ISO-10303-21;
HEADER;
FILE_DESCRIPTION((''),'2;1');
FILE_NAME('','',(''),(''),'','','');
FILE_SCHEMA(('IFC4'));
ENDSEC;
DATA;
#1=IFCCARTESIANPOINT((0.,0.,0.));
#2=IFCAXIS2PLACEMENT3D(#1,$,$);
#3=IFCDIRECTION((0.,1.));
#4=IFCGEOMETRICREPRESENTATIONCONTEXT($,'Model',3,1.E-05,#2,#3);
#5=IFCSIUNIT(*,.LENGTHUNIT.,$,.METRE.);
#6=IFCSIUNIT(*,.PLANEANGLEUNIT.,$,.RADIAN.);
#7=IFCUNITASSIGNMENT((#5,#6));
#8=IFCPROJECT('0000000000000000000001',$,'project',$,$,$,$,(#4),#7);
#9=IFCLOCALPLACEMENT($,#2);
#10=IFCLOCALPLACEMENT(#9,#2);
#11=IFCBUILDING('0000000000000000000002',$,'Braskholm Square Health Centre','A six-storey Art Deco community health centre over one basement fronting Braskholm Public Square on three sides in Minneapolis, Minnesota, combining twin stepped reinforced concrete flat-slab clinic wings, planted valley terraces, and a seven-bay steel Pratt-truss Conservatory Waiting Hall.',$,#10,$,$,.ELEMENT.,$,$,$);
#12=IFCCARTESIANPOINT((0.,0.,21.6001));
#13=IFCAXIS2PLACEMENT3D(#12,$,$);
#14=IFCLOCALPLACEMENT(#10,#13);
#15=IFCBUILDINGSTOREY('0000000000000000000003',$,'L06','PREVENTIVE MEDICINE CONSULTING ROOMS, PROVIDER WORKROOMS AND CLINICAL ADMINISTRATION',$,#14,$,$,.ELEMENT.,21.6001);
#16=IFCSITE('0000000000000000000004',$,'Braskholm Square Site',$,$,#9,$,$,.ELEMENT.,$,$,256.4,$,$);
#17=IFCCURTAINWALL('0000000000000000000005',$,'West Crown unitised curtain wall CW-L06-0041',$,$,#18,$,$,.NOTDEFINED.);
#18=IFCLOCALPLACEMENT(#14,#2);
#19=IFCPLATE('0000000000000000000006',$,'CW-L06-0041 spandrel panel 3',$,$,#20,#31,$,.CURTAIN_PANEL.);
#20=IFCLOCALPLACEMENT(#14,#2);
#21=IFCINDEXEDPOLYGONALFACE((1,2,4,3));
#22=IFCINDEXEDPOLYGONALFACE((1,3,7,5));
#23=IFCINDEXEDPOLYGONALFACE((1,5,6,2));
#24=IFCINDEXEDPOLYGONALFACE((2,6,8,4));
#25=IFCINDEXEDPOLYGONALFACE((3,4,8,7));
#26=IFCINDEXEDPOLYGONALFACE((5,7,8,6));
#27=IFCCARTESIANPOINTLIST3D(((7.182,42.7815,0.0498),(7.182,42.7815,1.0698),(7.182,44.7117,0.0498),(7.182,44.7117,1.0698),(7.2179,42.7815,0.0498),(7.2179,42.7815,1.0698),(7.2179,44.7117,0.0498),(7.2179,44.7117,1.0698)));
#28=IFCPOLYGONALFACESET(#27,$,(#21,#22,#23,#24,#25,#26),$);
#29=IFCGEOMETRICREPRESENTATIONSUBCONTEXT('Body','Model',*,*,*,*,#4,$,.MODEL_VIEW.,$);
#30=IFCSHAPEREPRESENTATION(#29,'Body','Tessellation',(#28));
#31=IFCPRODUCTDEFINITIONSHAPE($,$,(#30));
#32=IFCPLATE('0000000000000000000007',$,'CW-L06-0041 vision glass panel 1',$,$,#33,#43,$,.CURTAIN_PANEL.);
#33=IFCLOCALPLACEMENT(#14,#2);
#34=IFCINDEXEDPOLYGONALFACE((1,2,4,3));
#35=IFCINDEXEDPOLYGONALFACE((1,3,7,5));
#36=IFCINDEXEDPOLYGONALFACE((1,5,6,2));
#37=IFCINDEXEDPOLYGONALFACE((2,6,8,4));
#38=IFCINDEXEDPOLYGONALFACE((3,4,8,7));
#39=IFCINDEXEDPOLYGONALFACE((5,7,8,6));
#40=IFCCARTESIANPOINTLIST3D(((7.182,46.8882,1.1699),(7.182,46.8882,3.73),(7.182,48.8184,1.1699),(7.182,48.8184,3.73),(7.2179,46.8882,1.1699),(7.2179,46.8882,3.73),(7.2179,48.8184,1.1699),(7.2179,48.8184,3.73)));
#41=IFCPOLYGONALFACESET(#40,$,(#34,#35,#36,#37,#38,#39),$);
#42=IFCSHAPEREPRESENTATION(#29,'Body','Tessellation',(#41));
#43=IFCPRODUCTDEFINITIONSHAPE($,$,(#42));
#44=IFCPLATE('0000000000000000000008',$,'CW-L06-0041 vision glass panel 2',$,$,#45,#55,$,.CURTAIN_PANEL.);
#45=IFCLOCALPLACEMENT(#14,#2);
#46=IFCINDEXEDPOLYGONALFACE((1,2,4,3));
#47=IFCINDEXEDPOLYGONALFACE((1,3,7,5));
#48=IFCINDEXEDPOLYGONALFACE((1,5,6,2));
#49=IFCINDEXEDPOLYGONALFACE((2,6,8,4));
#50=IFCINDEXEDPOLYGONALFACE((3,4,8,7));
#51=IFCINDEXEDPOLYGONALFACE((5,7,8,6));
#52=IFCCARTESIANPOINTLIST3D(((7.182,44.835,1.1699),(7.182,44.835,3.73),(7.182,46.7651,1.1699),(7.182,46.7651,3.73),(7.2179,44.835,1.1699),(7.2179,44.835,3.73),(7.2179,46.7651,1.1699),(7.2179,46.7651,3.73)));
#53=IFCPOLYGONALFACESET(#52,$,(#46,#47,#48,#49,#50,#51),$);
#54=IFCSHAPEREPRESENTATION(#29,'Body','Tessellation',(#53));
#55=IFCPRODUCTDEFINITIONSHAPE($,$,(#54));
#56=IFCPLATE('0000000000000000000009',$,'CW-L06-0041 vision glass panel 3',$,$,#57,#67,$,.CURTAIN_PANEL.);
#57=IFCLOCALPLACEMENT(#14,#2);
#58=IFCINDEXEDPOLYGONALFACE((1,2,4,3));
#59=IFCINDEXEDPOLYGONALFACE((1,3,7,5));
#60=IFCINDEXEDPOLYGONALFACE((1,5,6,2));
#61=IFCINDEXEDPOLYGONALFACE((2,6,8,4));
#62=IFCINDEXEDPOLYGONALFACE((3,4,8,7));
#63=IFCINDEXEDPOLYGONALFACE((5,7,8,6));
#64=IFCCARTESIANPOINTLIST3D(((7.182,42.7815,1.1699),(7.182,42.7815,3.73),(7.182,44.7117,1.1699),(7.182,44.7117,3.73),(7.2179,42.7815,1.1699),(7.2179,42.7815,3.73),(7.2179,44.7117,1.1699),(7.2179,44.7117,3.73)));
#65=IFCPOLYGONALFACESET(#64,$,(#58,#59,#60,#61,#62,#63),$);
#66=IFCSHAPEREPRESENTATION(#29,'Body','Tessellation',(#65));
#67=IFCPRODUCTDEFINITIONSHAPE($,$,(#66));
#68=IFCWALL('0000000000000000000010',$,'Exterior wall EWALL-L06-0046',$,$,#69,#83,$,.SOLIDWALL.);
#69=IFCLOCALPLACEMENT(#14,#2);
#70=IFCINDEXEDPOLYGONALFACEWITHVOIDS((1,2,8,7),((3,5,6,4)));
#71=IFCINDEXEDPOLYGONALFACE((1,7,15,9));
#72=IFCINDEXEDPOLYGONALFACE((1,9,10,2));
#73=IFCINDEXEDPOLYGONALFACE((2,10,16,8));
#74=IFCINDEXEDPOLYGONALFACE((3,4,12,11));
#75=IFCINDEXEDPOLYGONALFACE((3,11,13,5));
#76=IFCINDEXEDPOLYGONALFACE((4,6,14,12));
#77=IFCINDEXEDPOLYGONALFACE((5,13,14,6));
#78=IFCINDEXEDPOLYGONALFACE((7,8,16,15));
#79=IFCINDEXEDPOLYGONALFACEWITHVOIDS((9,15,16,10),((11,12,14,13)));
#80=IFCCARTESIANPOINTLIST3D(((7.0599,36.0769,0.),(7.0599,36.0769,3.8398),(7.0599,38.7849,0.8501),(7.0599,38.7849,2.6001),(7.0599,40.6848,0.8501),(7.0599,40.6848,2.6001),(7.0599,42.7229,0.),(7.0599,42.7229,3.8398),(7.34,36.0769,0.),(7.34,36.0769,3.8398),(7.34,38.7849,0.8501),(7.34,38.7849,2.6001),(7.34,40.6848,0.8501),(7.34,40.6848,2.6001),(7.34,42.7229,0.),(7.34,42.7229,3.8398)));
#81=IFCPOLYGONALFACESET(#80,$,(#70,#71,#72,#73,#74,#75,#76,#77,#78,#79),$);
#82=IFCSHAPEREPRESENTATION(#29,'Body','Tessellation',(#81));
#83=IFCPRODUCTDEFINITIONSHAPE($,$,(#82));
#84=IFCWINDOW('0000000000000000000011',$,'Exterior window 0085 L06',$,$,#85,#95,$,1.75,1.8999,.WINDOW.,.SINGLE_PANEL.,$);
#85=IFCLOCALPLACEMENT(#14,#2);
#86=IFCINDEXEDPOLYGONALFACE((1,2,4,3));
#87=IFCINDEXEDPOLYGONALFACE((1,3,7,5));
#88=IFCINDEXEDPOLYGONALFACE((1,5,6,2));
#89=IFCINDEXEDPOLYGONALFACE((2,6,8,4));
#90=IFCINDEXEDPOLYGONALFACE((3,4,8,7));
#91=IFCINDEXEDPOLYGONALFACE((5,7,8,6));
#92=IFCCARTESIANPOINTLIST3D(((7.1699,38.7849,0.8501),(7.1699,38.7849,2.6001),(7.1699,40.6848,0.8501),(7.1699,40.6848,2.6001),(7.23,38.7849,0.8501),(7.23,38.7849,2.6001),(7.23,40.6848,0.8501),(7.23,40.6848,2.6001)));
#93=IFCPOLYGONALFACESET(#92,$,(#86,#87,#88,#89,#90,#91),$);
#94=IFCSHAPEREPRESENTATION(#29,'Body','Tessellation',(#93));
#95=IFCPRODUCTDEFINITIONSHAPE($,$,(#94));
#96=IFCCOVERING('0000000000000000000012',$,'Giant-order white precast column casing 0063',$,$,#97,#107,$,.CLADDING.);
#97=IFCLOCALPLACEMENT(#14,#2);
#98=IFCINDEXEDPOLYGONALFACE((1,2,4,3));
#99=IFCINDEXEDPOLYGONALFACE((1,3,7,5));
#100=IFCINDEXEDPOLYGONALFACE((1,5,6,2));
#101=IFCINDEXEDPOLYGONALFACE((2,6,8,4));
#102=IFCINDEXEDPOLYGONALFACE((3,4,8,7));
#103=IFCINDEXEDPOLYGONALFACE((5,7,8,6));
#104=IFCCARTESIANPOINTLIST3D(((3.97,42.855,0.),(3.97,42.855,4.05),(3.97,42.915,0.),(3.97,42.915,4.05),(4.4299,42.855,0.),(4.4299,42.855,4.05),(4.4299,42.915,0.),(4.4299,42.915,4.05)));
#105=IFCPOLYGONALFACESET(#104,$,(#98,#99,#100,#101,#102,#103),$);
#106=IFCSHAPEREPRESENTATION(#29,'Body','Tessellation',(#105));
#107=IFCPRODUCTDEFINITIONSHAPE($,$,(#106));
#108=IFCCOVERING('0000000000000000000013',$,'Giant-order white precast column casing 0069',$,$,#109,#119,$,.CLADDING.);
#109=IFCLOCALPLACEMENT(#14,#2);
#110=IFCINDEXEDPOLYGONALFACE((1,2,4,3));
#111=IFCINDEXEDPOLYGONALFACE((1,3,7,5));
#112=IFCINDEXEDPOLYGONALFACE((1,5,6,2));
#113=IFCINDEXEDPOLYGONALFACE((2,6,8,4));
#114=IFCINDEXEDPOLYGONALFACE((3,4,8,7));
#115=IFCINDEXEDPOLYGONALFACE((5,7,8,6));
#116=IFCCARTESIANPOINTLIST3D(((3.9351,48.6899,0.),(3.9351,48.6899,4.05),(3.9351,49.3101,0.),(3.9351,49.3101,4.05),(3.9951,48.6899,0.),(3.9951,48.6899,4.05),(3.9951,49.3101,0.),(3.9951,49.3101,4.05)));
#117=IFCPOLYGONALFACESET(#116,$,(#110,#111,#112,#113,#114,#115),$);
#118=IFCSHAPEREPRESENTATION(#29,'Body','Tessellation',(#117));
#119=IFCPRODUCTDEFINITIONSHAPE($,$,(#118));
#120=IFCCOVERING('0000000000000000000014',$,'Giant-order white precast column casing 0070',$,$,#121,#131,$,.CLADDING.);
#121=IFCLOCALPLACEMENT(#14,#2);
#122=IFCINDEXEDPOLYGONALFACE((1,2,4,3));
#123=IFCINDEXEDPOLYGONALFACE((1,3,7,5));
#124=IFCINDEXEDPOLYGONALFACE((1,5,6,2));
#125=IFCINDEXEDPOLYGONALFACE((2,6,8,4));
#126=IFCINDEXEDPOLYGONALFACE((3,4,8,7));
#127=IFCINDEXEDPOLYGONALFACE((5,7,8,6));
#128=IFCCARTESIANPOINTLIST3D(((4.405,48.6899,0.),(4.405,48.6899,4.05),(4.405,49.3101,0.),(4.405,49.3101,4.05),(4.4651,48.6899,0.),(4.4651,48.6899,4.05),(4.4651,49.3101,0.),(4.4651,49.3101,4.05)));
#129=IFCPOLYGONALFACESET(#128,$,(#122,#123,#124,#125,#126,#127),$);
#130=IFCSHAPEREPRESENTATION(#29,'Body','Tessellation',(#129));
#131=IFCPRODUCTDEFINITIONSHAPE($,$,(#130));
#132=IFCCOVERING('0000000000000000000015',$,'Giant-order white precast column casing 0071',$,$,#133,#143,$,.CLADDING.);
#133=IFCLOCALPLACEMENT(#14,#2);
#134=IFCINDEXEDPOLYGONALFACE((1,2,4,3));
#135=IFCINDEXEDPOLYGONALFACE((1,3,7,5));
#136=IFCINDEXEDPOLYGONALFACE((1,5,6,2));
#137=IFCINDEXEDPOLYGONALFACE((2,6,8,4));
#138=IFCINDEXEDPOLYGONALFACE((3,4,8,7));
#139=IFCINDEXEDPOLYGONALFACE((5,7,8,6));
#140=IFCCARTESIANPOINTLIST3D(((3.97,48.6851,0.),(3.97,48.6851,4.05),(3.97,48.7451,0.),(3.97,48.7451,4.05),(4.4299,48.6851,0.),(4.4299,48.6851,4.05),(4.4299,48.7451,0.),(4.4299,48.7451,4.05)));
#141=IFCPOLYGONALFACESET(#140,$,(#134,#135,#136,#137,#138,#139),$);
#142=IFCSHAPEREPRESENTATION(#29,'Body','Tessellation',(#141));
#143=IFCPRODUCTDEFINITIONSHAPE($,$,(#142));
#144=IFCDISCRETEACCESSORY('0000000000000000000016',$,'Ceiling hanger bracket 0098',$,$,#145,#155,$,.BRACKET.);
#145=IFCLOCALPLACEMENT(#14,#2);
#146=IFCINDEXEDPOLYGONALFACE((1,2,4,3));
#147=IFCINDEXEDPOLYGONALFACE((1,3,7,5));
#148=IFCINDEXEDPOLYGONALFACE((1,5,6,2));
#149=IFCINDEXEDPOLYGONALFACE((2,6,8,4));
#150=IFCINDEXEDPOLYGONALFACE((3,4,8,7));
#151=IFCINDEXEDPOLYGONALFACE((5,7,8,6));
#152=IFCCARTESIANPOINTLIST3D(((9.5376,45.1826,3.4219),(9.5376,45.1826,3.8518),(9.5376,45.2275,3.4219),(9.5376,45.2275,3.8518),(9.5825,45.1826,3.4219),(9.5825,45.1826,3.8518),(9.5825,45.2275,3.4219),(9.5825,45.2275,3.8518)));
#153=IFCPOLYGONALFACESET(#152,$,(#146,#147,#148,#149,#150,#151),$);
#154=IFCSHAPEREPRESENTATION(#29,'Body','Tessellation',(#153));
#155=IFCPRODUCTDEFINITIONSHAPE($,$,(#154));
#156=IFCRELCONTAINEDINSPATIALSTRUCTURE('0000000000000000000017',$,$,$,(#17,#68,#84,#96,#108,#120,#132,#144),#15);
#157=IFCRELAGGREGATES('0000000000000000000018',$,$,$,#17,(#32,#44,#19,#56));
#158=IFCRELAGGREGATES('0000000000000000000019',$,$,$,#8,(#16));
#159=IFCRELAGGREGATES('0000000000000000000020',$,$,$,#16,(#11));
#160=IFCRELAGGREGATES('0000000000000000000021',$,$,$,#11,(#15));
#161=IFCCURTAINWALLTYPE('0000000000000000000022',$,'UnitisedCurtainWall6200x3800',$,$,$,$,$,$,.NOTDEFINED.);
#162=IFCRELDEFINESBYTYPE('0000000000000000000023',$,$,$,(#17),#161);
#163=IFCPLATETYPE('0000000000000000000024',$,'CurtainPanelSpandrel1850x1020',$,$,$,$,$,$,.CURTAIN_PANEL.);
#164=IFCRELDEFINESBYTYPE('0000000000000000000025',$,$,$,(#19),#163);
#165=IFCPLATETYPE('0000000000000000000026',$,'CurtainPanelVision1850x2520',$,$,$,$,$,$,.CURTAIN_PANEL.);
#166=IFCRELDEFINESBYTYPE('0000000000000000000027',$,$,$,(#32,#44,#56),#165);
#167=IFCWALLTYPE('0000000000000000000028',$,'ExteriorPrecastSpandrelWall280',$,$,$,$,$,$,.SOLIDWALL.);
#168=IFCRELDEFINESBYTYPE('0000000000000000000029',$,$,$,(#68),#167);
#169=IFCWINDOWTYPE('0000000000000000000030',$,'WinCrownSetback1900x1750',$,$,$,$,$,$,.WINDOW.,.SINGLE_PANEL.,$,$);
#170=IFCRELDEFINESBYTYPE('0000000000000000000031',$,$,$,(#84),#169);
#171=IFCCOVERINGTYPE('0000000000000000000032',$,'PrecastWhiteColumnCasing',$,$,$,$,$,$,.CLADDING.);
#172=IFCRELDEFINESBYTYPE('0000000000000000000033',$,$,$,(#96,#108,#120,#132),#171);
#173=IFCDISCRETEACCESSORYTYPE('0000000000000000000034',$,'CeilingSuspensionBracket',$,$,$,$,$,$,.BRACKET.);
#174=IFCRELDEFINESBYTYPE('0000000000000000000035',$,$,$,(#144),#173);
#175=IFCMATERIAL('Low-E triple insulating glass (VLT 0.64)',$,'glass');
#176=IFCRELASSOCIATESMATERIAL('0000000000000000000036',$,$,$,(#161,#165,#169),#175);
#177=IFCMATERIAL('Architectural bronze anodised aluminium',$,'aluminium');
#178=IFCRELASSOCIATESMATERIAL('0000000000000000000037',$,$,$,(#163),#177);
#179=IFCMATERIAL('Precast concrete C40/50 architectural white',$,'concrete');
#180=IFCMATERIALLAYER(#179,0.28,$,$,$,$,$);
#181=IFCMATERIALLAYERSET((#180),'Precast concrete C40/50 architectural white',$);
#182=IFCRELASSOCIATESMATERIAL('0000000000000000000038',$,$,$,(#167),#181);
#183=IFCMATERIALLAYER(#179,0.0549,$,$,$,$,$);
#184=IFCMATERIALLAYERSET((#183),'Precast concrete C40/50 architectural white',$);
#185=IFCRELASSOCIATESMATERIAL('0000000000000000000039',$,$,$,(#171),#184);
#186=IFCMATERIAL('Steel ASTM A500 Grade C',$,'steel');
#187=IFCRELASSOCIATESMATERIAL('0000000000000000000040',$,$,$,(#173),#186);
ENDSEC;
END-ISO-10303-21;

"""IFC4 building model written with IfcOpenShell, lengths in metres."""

from ifc_helpers import new_model, si_unit, direction, frame, frame_2d, origin, origin_with_axes, origin_2d, place, context, subcontext, project, spatial, rectangle, extrude, material, layer, layer_set, type_object, element, fill, aggregate, save


model = new_model("IFC4")

# Units and contexts
model_context = context("Model", 3, precision=1e-05, world=origin(), true_north=direction((0.0, 1.0)))
body_context = subcontext(model_context, "Body", "Model", "MODEL_VIEW")
ifc_project = project(units=[si_unit("LENGTHUNIT", "METRE"), si_unit("PLANEANGLEUNIT", "RADIAN")], contexts=[model_context])

# Site, building, storey
site_placement = place(None, origin())
site = spatial("IfcSite", under=ifc_project, at=site_placement, Name="Braskholm Square Site", CompositionType="ELEMENT", RefElevation=256.4)
building_placement = place(site_placement, origin())
building = spatial("IfcBuilding", under=site, at=building_placement, Name="Braskholm Square Health Centre", Description="A six-storey Art Deco community health centre over one basement fronting Braskholm Public Square on three sides in Minneapolis, Minnesota, combining twin stepped reinforced concrete flat-slab clinic wings, planted valley terraces, and a seven-bay steel Pratt-truss Conservatory Waiting Hall.", CompositionType="ELEMENT")
storey_placement = place(building_placement, frame((0.0, 0.0, 21.6001)))
storey = spatial("IfcBuildingStorey", under=building, at=storey_placement, Name="L06", Description="PREVENTIVE MEDICINE CONSULTING ROOMS, PROVIDER WORKROOMS AND CLINICAL ADMINISTRATION", CompositionType="ELEMENT", Elevation=21.6001)

# Shared definitions
ifc_material_1 = material(Name="Precast concrete C40/50 architectural white", Category="concrete")

# Curtain wall
ifc_material_2 = material(Name="Low-E triple insulating glass (VLT 0.64)", Category="glass")
curtain_wall_type = type_object("IfcCurtainWallType", Name="UnitisedCurtainWall6200x3800", PredefinedType="NOTDEFINED", material=ifc_material_2)
curtain_wall_placement = place(storey_placement, origin())
curtain_wall = element("IfcCurtainWall", 1, at=curtain_wall_placement, inside=storey, type_object=curtain_wall_type, Name="West Crown unitised curtain wall CW-L06-0041", PredefinedType="NOTDEFINED")
ifc_material_3 = material(Name="Architectural bronze anodised aluminium", Category="aluminium")

# Plates
plate_type_1 = type_object("IfcPlateType", Name="CurtainPanelSpandrel1850x1020", PredefinedType="CURTAIN_PANEL", material=ifc_material_3)
plate_1_placement = place(storey_placement, frame((7.2, 43.7466, 0.0498), z_axis=(0.0, 0.0, 1.0), x_axis=(0.0, -1.0, 0.0)))
plate_1 = element("IfcPlate", 2, at=plate_1_placement, type_object=plate_type_1, Name="CW-L06-0041 spandrel panel 3", PredefinedType="CURTAIN_PANEL", context=body_context, shape_type="SweptSolid", body=[
    extrude(rectangle(XDim=1.9302, YDim=0.0359, at=origin_2d()), origin(), (0.0, 0.0, 1.0), 1.02),
])
plate_type_2 = type_object("IfcPlateType", Name="CurtainPanelVision1850x2520", PredefinedType="CURTAIN_PANEL", material=ifc_material_2)
plate_2_placement = place(storey_placement, frame((7.2, 47.8533, 1.1699), z_axis=(0.0, 0.0, 1.0), x_axis=(0.0, -1.0, 0.0)))
plate_2 = element("IfcPlate", 3, at=plate_2_placement, type_object=plate_type_2, Name="CW-L06-0041 vision glass panel 1", PredefinedType="CURTAIN_PANEL", context=body_context, shape_type="SweptSolid", body=[
    extrude(rectangle(XDim=1.9302, YDim=0.0359, at=origin_2d()), origin(), (0.0, 0.0, 1.0), 2.5601),
])
plate_3_placement = place(storey_placement, frame((7.2, 45.8, 1.1699), z_axis=(0.0, 0.0, 1.0), x_axis=(0.0, -1.0, 0.0)))
plate_3 = element("IfcPlate", 4, at=plate_3_placement, type_object=plate_type_2, Name="CW-L06-0041 vision glass panel 2", PredefinedType="CURTAIN_PANEL", context=body_context, shape_type="SweptSolid", body=[
    extrude(rectangle(XDim=1.9302, YDim=0.0359, at=origin_2d()), origin(), (0.0, 0.0, 1.0), 2.5601),
])
plate_4_placement = place(storey_placement, frame((7.2, 43.7466, 1.1699), z_axis=(0.0, 0.0, 1.0), x_axis=(0.0, -1.0, 0.0)))
plate_4 = element("IfcPlate", 5, at=plate_4_placement, type_object=plate_type_2, Name="CW-L06-0041 vision glass panel 3", PredefinedType="CURTAIN_PANEL", context=body_context, shape_type="SweptSolid", body=[
    extrude(rectangle(XDim=1.9302, YDim=0.0359, at=origin_2d()), origin(), (0.0, 0.0, 1.0), 2.5601),
])
aggregate(curtain_wall, [plate_2, plate_3, plate_1, plate_4])

# Wall, opening, window
ifc_layer_1 = layer(ifc_material_1, 0.28)
ifc_layer_set_1 = layer_set([ifc_layer_1], Name="Precast concrete C40/50 architectural white")
wall_type = type_object("IfcWallType", Name="ExteriorPrecastSpandrelWall280", PredefinedType="SOLIDWALL", material=ifc_layer_set_1)
wall_placement = place(storey_placement, frame((7.2, 42.7229, 0.0), z_axis=(0.0, 0.0, 1.0), x_axis=(0.0, -1.0, 0.0)))
wall = element("IfcWall", 6, at=wall_placement, inside=storey, type_object=wall_type, Name="Exterior wall EWALL-L06-0046", PredefinedType="SOLIDWALL", context=body_context, shape_type="SweptSolid", body=[
    extrude(rectangle(XDim=6.646, YDim=0.28, at=frame_2d((3.323, 0.0))), origin(), (0.0, 0.0, 1.0), 3.8398),
])
opening_placement = place(wall_placement, frame((2.0381, 0.0, 0.8501)))
opening = element("IfcOpeningElement", 7, at=opening_placement, cuts=wall, PredefinedType="OPENING", context=body_context, shape_type="SweptSolid", body=[
    extrude(rectangle(XDim=1.8999, YDim=1.75, at=frame_2d((0.95, 0.875))), frame((0.0, 0.1499, 0.0), z_axis=(0.0, -1.0, 0.0), x_axis=(1.0, 0.0, 0.0)), (0.0, 0.0, 1.0), 0.3),
])
window_type = type_object("IfcWindowType", Name="WinCrownSetback1900x1750", PartitioningType="SINGLE_PANEL", PredefinedType="WINDOW", material=ifc_material_2)
window_placement = place(opening_placement, origin_with_axes())
window = element("IfcWindow", 8, at=window_placement, inside=storey, type_object=window_type, Name="Exterior window 0085 L06", OverallHeight=1.75, OverallWidth=1.8999, PartitioningType="SINGLE_PANEL", PredefinedType="WINDOW", context=body_context, shape_type="SweptSolid", body=[
    extrude(rectangle(XDim=1.8999, YDim=1.75, at=frame_2d((0.95, 0.875))), frame((0.0, 0.03, 0.0), z_axis=(0.0, -1.0, 0.0), x_axis=(1.0, 0.0, 0.0)), (0.0, 0.0, 1.0), 0.0601),
])
fill(opening, window)

# Coverings
ifc_layer_2 = layer(ifc_material_1, 0.0549)
ifc_layer_set_2 = layer_set([ifc_layer_2], Name="Precast concrete C40/50 architectural white")
covering_type = type_object("IfcCoveringType", Name="PrecastWhiteColumnCasing", PredefinedType="CLADDING", material=ifc_layer_set_2)
covering_1_placement = place(storey_placement, frame((4.2, 42.885, 0.0), z_axis=(0.0, 0.0, 1.0), x_axis=(1.0, 0.0, 0.0)))
element("IfcCovering", 9, at=covering_1_placement, inside=storey, type_object=covering_type, Name="Giant-order white precast column casing 0063", PredefinedType="CLADDING", context=body_context, shape_type="SweptSolid", body=[
    extrude(rectangle(XDim=0.46, YDim=0.0601, at=origin_2d()), origin(), (0.0, 0.0, 1.0), 4.05),
])
for number, where, z_axis, x_axis, name in (
    (10, (3.9651, 49.0, 0.0), (0.0, 0.0, 1.0), (1.0, 0.0, 0.0), "Giant-order white precast column casing 0069"),
    (11, (4.4351, 49.0, 0.0), (0.0, 0.0, 1.0), (1.0, 0.0, 0.0), "Giant-order white precast column casing 0070"),
):
    element("IfcCovering", number, at=place(storey_placement, frame(where, z_axis=z_axis, x_axis=x_axis)), inside=storey, type_object=covering_type, Name=name, PredefinedType="CLADDING", context=body_context, shape_type="SweptSolid", body=[
        extrude(rectangle(XDim=0.0601, YDim=0.6201, at=origin_2d()), origin(), (0.0, 0.0, 1.0), 4.05),
    ])
covering_2_placement = place(storey_placement, frame((4.2, 48.7151, 0.0), z_axis=(0.0, 0.0, 1.0), x_axis=(1.0, 0.0, 0.0)))
element("IfcCovering", 12, at=covering_2_placement, inside=storey, type_object=covering_type, Name="Giant-order white precast column casing 0071", PredefinedType="CLADDING", context=body_context, shape_type="SweptSolid", body=[
    extrude(rectangle(XDim=0.46, YDim=0.0601, at=origin_2d()), origin(), (0.0, 0.0, 1.0), 4.05),
])

# Discrete accessory
ifc_material_4 = material(Name="Steel ASTM A500 Grade C", Category="steel")
discrete_accessory_type = type_object("IfcDiscreteAccessoryType", Name="CeilingSuspensionBracket", PredefinedType="BRACKET", material=ifc_material_4)
discrete_accessory_placement = place(storey_placement, frame((9.5601, 45.2051, 3.4219), z_axis=(0.0, 0.0, 1.0), x_axis=(1.0, 0.0, 0.0)))
element("IfcDiscreteAccessory", 13, at=discrete_accessory_placement, inside=storey, type_object=discrete_accessory_type, Name="Ceiling hanger bracket 0098", PredefinedType="BRACKET", context=body_context, shape_type="SweptSolid", body=[
    extrude(rectangle(XDim=0.0449, YDim=0.0449, at=origin_2d()), origin(), (0.0, 0.0, 1.0), 0.4299),
])

save(model, "model.ifc")
